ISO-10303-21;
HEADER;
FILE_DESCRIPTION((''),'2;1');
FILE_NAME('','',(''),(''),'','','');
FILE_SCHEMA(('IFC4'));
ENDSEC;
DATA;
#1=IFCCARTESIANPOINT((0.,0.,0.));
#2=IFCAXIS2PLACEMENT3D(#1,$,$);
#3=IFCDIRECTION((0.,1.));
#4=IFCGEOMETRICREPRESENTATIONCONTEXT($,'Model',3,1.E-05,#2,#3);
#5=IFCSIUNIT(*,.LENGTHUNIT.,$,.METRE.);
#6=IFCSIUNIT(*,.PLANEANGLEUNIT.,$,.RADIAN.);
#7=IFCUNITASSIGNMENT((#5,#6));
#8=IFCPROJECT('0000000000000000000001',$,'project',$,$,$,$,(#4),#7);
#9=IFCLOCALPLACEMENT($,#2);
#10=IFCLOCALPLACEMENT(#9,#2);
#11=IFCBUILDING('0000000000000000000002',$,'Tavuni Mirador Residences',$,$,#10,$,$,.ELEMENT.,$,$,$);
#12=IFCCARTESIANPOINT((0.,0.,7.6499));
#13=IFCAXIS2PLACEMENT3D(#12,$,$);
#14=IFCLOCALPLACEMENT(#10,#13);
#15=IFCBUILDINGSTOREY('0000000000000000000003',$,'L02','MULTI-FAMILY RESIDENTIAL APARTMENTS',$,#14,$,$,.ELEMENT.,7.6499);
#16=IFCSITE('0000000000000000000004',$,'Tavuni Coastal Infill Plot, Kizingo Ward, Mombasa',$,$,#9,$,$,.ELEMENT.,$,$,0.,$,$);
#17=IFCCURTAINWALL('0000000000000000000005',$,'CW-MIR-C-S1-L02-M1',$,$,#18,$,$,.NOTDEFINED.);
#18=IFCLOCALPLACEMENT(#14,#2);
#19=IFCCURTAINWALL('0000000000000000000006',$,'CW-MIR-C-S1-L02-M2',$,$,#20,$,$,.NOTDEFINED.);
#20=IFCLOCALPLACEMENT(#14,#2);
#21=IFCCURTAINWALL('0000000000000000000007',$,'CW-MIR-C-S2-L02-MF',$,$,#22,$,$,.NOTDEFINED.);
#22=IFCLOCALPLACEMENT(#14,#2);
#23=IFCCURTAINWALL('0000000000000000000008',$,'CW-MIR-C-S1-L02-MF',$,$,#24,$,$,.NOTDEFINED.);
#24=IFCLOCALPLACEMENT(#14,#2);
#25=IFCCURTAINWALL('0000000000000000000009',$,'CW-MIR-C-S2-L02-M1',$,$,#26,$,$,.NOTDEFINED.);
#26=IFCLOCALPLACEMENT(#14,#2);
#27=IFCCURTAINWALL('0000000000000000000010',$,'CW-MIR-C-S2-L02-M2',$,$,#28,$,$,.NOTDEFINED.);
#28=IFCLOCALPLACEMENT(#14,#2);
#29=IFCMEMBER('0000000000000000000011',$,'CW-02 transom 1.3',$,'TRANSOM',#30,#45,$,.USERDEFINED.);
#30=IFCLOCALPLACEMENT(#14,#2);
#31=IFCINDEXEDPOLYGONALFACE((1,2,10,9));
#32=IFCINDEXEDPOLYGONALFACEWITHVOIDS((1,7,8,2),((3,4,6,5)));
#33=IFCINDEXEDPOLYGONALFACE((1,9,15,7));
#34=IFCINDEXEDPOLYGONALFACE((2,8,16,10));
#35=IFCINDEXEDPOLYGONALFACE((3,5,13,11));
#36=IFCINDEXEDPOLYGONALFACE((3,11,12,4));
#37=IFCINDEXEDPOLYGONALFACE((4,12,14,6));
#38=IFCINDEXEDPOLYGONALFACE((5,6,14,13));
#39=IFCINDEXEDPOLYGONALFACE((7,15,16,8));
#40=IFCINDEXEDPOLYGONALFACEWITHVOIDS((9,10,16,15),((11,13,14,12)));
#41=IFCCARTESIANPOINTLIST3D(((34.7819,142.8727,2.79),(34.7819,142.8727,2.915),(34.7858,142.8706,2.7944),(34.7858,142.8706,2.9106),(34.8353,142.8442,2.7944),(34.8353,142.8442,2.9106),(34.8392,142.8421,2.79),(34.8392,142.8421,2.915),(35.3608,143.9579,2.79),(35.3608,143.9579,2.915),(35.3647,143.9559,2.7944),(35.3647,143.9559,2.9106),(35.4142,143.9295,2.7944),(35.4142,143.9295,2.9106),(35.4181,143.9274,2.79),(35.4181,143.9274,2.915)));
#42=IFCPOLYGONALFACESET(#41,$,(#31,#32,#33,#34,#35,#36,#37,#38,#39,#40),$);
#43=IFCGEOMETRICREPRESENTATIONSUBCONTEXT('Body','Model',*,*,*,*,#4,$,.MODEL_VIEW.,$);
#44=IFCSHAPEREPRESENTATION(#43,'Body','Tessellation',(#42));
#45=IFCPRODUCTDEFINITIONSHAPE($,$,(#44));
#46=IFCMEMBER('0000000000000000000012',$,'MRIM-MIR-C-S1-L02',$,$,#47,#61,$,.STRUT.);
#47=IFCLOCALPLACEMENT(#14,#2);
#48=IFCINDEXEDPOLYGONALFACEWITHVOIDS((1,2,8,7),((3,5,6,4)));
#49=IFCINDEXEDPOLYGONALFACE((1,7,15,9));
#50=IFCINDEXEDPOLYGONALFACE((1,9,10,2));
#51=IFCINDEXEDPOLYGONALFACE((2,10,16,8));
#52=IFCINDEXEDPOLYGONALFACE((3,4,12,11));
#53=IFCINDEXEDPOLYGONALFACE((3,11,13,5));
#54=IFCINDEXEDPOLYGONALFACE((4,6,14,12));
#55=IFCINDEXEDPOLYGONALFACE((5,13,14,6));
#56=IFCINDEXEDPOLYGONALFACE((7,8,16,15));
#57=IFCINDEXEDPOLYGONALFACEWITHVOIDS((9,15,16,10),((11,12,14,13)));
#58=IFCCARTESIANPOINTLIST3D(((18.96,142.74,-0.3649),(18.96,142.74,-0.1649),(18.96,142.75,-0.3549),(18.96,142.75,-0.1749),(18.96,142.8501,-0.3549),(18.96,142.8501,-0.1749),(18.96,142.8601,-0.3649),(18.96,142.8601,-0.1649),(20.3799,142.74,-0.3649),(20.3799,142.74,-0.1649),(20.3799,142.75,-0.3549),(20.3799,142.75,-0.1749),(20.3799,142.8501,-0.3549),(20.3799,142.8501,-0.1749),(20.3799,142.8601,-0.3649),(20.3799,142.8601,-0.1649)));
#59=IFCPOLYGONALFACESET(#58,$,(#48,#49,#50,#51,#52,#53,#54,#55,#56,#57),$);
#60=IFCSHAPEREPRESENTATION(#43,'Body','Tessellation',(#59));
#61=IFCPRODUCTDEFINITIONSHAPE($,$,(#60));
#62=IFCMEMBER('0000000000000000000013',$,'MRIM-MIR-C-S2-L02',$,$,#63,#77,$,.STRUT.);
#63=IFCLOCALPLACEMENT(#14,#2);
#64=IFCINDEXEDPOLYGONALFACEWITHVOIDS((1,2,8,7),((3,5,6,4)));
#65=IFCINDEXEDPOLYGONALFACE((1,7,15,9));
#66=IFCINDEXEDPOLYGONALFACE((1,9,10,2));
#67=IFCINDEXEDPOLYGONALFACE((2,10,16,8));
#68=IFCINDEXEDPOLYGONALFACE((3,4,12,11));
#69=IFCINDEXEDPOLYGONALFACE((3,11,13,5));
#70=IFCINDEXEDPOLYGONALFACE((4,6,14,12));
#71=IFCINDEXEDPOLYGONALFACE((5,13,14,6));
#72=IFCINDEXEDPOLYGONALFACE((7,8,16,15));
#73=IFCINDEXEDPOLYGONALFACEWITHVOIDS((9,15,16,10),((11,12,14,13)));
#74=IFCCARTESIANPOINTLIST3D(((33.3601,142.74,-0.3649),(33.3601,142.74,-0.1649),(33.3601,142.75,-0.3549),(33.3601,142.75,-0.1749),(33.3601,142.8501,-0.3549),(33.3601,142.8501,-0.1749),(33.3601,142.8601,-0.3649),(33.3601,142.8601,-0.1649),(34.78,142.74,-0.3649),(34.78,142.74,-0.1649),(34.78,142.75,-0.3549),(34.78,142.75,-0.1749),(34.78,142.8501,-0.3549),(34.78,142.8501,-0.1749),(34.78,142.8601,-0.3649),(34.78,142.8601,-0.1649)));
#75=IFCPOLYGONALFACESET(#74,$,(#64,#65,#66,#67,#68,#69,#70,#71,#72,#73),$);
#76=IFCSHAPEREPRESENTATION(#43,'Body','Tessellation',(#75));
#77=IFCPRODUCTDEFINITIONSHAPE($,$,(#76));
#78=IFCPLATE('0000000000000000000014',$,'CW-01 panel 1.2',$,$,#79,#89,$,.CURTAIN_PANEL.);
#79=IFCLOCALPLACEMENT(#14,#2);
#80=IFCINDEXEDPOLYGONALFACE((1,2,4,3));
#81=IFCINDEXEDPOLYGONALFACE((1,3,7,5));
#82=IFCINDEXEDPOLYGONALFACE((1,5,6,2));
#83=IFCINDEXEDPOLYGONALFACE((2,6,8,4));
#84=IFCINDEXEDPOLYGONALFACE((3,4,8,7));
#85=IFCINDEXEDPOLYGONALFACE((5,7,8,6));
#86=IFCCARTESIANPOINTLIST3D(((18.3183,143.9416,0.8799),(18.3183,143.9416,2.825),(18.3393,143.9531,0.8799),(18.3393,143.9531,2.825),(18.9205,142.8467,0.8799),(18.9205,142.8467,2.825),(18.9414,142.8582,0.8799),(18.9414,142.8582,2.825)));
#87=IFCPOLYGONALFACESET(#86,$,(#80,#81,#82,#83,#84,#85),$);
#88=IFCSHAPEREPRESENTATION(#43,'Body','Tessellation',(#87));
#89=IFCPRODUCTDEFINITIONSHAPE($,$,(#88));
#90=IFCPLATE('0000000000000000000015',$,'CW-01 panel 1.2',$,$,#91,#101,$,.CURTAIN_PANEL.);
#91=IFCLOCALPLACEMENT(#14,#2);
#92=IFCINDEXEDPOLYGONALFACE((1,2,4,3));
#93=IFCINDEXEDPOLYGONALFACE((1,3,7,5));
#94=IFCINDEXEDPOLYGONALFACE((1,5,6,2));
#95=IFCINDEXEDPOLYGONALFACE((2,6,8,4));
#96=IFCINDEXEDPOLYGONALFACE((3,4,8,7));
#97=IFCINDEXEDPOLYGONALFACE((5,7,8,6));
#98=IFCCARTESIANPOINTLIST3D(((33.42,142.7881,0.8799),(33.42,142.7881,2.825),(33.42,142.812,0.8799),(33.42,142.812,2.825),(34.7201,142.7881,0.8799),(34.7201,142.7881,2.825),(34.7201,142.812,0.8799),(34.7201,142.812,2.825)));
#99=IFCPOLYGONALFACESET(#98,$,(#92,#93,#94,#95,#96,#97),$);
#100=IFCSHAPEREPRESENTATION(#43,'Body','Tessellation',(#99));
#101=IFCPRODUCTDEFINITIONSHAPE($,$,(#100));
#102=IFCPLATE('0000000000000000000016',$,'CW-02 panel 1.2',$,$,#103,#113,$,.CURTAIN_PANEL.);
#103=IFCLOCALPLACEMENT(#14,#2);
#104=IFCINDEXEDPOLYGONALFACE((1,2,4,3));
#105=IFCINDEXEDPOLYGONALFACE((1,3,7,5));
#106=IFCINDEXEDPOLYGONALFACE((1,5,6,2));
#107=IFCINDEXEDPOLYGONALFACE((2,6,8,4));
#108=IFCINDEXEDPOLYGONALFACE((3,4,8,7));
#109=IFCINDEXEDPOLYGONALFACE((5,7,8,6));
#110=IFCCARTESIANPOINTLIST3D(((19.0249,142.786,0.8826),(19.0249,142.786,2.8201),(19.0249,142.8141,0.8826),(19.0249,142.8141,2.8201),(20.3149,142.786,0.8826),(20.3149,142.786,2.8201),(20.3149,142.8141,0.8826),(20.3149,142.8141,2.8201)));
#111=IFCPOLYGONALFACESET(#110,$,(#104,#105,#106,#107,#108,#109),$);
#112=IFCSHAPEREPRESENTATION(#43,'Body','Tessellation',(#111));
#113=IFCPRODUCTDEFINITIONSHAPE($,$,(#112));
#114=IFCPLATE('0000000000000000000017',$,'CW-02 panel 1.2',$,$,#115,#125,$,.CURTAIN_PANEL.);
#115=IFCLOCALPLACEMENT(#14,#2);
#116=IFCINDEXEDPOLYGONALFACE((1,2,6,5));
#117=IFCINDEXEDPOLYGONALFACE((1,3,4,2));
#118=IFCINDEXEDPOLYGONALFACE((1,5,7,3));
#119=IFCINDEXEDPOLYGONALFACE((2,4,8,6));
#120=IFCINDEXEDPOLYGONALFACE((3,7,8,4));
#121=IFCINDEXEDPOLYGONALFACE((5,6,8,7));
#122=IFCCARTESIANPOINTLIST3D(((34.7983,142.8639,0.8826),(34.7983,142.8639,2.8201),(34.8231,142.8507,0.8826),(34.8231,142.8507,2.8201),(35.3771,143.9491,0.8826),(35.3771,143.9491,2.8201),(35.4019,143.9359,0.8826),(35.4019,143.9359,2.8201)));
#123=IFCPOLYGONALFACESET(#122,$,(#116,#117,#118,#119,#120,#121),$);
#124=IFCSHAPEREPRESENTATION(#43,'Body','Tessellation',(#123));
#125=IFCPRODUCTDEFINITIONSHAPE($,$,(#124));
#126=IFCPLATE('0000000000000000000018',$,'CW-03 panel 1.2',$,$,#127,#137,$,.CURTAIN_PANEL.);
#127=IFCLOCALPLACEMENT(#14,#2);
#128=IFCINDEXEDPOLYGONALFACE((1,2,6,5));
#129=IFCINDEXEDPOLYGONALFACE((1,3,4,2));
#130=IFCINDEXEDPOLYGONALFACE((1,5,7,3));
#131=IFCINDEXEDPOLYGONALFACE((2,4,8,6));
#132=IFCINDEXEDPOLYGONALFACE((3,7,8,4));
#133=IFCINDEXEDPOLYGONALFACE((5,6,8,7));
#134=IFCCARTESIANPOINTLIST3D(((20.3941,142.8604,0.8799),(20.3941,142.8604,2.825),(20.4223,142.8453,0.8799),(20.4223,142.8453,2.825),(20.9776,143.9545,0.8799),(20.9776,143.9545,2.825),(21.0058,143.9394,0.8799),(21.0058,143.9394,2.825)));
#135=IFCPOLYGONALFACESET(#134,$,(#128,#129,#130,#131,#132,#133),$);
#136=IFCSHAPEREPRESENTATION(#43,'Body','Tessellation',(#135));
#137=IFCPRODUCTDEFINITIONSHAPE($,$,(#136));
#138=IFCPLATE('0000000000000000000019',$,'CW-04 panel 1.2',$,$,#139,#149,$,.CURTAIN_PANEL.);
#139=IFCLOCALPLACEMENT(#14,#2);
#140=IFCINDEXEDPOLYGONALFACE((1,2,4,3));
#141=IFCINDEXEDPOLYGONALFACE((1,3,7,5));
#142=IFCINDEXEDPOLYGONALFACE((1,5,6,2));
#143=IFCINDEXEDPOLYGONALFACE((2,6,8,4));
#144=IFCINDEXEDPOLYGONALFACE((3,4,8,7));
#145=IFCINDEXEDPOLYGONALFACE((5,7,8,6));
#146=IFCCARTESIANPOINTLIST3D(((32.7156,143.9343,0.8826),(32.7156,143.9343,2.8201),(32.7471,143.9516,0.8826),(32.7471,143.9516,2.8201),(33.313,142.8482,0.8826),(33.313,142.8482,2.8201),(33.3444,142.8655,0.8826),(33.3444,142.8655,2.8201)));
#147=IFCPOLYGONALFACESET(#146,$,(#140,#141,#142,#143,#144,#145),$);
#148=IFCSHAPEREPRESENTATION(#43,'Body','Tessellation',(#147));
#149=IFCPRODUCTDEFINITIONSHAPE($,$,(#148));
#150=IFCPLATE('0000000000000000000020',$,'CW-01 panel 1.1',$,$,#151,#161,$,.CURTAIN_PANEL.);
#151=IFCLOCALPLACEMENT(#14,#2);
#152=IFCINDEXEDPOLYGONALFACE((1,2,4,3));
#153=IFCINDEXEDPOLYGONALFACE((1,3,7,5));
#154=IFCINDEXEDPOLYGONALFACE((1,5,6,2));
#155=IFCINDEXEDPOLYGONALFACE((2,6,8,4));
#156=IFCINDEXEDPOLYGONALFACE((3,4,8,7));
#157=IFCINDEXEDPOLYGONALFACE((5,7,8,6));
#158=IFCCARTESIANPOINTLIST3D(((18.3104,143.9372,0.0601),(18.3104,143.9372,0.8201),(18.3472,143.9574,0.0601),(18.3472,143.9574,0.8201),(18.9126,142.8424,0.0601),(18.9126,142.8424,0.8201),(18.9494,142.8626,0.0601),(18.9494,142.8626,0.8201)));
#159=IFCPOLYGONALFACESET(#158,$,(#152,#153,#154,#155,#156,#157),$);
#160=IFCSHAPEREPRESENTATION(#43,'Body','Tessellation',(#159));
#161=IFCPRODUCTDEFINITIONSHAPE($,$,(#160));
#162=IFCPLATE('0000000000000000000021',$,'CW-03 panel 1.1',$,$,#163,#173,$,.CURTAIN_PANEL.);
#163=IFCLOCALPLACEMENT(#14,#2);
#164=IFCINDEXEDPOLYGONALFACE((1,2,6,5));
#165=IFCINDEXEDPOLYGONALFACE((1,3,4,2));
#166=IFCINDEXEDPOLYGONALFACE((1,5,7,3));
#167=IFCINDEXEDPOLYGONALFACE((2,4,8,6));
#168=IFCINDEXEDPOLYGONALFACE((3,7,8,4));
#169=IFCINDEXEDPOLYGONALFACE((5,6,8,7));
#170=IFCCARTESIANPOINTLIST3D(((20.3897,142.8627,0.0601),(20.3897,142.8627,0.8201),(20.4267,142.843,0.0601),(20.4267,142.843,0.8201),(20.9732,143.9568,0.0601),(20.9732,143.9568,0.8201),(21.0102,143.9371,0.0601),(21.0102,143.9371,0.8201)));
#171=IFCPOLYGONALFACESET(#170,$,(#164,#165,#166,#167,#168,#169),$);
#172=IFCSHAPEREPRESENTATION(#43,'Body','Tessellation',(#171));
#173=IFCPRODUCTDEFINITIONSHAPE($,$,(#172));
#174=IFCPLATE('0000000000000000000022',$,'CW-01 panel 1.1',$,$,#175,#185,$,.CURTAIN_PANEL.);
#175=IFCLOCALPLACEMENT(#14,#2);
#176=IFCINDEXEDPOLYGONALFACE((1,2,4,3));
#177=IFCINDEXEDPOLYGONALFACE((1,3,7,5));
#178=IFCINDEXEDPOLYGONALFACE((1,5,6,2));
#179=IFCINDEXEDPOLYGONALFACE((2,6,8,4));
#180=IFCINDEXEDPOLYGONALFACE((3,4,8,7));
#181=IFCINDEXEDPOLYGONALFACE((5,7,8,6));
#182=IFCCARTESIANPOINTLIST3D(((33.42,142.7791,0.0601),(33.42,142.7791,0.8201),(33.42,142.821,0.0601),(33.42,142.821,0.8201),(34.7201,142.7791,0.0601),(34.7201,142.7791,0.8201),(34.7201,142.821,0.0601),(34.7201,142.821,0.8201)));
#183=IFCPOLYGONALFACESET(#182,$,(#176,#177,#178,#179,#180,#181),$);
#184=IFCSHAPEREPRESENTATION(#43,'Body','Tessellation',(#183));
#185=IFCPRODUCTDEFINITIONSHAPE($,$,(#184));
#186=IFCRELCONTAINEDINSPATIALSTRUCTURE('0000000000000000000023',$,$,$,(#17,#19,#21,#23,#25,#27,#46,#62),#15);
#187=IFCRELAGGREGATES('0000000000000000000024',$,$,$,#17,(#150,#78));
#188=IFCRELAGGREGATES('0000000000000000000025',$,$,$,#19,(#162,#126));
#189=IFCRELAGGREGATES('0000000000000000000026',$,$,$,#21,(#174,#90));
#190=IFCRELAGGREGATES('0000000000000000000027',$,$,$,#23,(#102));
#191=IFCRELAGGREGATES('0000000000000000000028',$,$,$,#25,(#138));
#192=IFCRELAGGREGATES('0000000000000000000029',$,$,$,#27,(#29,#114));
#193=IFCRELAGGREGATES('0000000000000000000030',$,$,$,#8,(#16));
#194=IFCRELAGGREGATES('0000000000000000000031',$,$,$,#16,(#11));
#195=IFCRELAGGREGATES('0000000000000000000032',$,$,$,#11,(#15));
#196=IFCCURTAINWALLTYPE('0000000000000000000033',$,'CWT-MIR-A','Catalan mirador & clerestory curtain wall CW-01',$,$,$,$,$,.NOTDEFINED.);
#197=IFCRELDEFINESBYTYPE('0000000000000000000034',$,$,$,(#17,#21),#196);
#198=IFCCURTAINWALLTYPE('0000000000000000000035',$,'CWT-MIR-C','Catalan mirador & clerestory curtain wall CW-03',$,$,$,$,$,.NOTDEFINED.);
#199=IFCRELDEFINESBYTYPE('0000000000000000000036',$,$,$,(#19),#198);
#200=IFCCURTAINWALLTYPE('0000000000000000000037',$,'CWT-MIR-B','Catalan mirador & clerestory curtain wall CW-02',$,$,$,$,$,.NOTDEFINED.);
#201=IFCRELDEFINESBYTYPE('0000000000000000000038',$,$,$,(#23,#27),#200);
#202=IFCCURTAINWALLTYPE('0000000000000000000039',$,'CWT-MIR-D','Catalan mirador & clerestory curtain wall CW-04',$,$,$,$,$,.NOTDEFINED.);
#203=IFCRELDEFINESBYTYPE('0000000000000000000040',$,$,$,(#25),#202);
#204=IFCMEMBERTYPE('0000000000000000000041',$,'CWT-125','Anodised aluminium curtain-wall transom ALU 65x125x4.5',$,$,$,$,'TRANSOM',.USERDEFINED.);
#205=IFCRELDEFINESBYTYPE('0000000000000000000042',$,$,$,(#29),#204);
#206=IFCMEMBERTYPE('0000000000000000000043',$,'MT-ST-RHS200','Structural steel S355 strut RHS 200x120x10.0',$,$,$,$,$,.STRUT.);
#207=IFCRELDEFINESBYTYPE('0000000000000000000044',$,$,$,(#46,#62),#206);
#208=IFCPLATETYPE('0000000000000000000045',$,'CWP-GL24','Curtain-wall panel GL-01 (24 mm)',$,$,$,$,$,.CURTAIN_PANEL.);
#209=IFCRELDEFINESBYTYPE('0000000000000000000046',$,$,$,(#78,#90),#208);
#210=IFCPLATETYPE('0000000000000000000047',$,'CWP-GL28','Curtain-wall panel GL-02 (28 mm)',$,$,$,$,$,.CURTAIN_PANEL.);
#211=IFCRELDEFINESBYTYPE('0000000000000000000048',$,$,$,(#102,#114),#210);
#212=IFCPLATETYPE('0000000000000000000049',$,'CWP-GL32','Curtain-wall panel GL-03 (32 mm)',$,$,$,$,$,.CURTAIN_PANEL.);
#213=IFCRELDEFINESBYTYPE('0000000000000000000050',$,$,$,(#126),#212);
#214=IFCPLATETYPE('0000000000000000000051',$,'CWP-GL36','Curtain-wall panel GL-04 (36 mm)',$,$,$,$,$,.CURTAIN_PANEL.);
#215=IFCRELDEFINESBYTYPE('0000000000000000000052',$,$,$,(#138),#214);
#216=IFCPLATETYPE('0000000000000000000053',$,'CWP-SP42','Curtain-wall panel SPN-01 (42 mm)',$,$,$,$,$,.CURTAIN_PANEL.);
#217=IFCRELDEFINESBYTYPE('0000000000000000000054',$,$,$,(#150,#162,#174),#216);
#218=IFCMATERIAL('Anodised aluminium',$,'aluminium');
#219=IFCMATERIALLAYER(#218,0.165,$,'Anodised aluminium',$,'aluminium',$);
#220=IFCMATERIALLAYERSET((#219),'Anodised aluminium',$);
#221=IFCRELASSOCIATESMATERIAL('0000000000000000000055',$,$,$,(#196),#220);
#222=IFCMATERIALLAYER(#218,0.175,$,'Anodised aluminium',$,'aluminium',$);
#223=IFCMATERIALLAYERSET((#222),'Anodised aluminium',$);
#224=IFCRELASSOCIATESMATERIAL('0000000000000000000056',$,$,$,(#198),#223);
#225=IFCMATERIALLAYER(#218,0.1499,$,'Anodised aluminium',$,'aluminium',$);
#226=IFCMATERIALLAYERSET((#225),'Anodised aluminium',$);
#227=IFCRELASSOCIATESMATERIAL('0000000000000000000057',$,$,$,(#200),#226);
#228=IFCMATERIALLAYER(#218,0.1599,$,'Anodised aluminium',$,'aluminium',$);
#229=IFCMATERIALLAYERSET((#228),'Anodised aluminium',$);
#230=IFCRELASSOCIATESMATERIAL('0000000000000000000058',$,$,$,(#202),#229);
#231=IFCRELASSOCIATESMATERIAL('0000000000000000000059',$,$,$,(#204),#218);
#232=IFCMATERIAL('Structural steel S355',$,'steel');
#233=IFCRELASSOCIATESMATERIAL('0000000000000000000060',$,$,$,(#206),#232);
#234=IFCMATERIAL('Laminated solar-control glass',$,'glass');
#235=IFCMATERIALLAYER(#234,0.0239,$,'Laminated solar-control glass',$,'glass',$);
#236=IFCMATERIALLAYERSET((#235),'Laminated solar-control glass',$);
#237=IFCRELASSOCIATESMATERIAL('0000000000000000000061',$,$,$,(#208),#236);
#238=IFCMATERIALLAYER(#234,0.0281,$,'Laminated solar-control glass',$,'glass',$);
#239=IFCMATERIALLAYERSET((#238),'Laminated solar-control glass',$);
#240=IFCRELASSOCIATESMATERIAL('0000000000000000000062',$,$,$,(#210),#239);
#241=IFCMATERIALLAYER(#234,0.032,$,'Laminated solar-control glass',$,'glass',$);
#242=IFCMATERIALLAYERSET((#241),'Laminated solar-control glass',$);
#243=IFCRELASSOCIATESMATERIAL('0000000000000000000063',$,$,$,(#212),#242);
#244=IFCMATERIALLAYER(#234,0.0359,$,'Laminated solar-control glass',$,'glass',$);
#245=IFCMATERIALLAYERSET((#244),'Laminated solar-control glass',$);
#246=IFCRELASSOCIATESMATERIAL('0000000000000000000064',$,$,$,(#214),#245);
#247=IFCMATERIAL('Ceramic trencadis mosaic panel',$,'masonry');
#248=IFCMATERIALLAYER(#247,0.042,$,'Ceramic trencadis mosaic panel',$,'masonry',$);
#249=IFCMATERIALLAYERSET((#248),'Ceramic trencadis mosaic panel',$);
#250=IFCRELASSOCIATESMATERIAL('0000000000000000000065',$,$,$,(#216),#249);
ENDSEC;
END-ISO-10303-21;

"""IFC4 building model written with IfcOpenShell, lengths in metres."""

from ifc_helpers import new_model, si_unit, direction, frame, origin, origin_2d, place, context, subcontext, project, spatial, rectangle, hollow_rectangle, extrude, material, layer, layer_set, material_profile, profile_set, type_object, element, aggregate, save


model = new_model("IFC4")

# Units and contexts
model_context = context("Model", 3, precision=1e-05, world=origin(), true_north=direction((0.0, 1.0)))
body_context = subcontext(model_context, "Body", "Model", "MODEL_VIEW")
ifc_project = project(units=[si_unit("LENGTHUNIT", "METRE"), si_unit("PLANEANGLEUNIT", "RADIAN")], contexts=[model_context])

# Site, building, storey
site_placement = place(None, origin())
site = spatial("IfcSite", under=ifc_project, at=site_placement, Name="Tavuni Coastal Infill Plot, Kizingo Ward, Mombasa", CompositionType="ELEMENT", RefElevation=0.0)
building_placement = place(site_placement, origin())
building = spatial("IfcBuilding", under=site, at=building_placement, Name="Tavuni Mirador Residences", CompositionType="ELEMENT")
storey_placement = place(building_placement, frame((0.0, 0.0, 7.6499)))
storey = spatial("IfcBuildingStorey", under=building, at=storey_placement, Name="L02", Description="MULTI-FAMILY RESIDENTIAL APARTMENTS", CompositionType="ELEMENT", Elevation=7.6499)

# Shared definitions
ifc_material_1 = material(Name="Structural steel S355", Category="steel")

# Curtain walls
ifc_material_2 = material(Name="Anodised aluminium", Category="aluminium")
ifc_layer_1 = layer(ifc_material_2, 0.165, Name="Anodised aluminium", Category="aluminium")
ifc_layer_set_1 = layer_set([ifc_layer_1], Name="Anodised aluminium")
curtain_wall_type_1 = type_object("IfcCurtainWallType", Name="CWT-MIR-A", Description="Catalan mirador & clerestory curtain wall CW-01", PredefinedType="NOTDEFINED", material=ifc_layer_set_1)
curtain_wall_1_placement = place(storey_placement, origin())
curtain_wall_1 = element("IfcCurtainWall", 1, at=curtain_wall_1_placement, inside=storey, type_object=curtain_wall_type_1, Name="CW-MIR-C-S1-L02-M1", PredefinedType="NOTDEFINED")
ifc_layer_2 = layer(ifc_material_2, 0.175, Name="Anodised aluminium", Category="aluminium")
ifc_layer_set_2 = layer_set([ifc_layer_2], Name="Anodised aluminium")
curtain_wall_type_2 = type_object("IfcCurtainWallType", Name="CWT-MIR-C", Description="Catalan mirador & clerestory curtain wall CW-03", PredefinedType="NOTDEFINED", material=ifc_layer_set_2)
curtain_wall_2_placement = place(storey_placement, origin())
curtain_wall_2 = element("IfcCurtainWall", 2, at=curtain_wall_2_placement, inside=storey, type_object=curtain_wall_type_2, Name="CW-MIR-C-S1-L02-M2", PredefinedType="NOTDEFINED")

# Curtain walls
curtain_wall_3_placement = place(storey_placement, origin())
curtain_wall_3 = element("IfcCurtainWall", 3, at=curtain_wall_3_placement, inside=storey, type_object=curtain_wall_type_1, Name="CW-MIR-C-S2-L02-MF", PredefinedType="NOTDEFINED")
ifc_layer_3 = layer(ifc_material_2, 0.1499, Name="Anodised aluminium", Category="aluminium")
ifc_layer_set_3 = layer_set([ifc_layer_3], Name="Anodised aluminium")
curtain_wall_type_3 = type_object("IfcCurtainWallType", Name="CWT-MIR-B", Description="Catalan mirador & clerestory curtain wall CW-02", PredefinedType="NOTDEFINED", material=ifc_layer_set_3)
curtain_wall_4_placement = place(storey_placement, origin())
curtain_wall_4 = element("IfcCurtainWall", 4, at=curtain_wall_4_placement, inside=storey, type_object=curtain_wall_type_3, Name="CW-MIR-C-S1-L02-MF", PredefinedType="NOTDEFINED")

# Curtain walls
ifc_layer_4 = layer(ifc_material_2, 0.1599, Name="Anodised aluminium", Category="aluminium")
ifc_layer_set_4 = layer_set([ifc_layer_4], Name="Anodised aluminium")
curtain_wall_type_4 = type_object("IfcCurtainWallType", Name="CWT-MIR-D", Description="Catalan mirador & clerestory curtain wall CW-04", PredefinedType="NOTDEFINED", material=ifc_layer_set_4)
curtain_wall_5_placement = place(storey_placement, origin())
curtain_wall_5 = element("IfcCurtainWall", 5, at=curtain_wall_5_placement, inside=storey, type_object=curtain_wall_type_4, Name="CW-MIR-C-S2-L02-M1", PredefinedType="NOTDEFINED")
curtain_wall_6_placement = place(storey_placement, origin())
curtain_wall_6 = element("IfcCurtainWall", 6, at=curtain_wall_6_placement, inside=storey, type_object=curtain_wall_type_3, Name="CW-MIR-C-S2-L02-M2", PredefinedType="NOTDEFINED")

# Member
ifc_material_profile_1 = material_profile(ifc_material_2, hollow_rectangle(XDim=0.0649, YDim=0.125, WallThickness=0.0044, at=origin_2d()), Name="ALU 65x125x4.5", Category="aluminium")
ifc_profile_set_1 = profile_set([ifc_material_profile_1], Name="Anodised aluminium")
member_type_1 = type_object("IfcMemberType", Name="CWT-125", Description="Anodised aluminium curtain-wall transom ALU 65x125x4.5", ElementType="TRANSOM", PredefinedType="USERDEFINED", material=ifc_profile_set_1)
member_1_placement = place(storey_placement, frame((34.8105, 142.8574, 2.8525), z_axis=(0.47064, 0.882325, 0.0), x_axis=(-0.882325, 0.47064, 0.0)))
member_1 = element("IfcMember", 7, at=member_1_placement, type_object=member_type_1, Name="CW-02 transom 1.3", ObjectType="TRANSOM", PredefinedType="USERDEFINED", context=body_context, shape_type="SweptSolid", body=[
    extrude(hollow_rectangle(XDim=0.0649, YDim=0.125, WallThickness=0.0044, at=origin_2d()), origin(), (0.0, 0.0, 1.0), 1.23),
])

# Members
ifc_material_profile_2 = material_profile(ifc_material_1, hollow_rectangle(XDim=0.1201, YDim=0.2, WallThickness=0.01, at=origin_2d()), Name="RHS 200x120x10.0", Category="steel")
ifc_profile_set_2 = profile_set([ifc_material_profile_2], Name="Structural steel S355")
member_type_2 = type_object("IfcMemberType", Name="MT-ST-RHS200", Description="Structural steel S355 strut RHS 200x120x10.0", PredefinedType="STRUT", material=ifc_profile_set_2)
for number, where, z_axis, x_axis, name in (
    (8, (18.96, 142.8, -0.2649), (1.0, 0.0, 0.0), (0.0, 1.0, 0.0), "MRIM-MIR-C-S1-L02"),
    (9, (33.3601, 142.8, -0.2649), (1.0, 0.0, 0.0), (0.0, 1.0, 0.0), "MRIM-MIR-C-S2-L02"),
):
    element("IfcMember", number, at=place(storey_placement, frame(where, z_axis=z_axis, x_axis=x_axis)), inside=storey, type_object=member_type_2, Name=name, PredefinedType="STRUT", context=body_context, shape_type="SweptSolid", body=[
        extrude(hollow_rectangle(XDim=0.1201, YDim=0.2, WallThickness=0.01, at=origin_2d()), origin(), (0.0, 0.0, 1.0), 1.4199),
    ])

# Plates
ifc_material_3 = material(Name="Laminated solar-control glass", Category="glass")
ifc_layer_5 = layer(ifc_material_3, 0.0239, Name="Laminated solar-control glass", Category="glass")
ifc_layer_set_5 = layer_set([ifc_layer_5], Name="Laminated solar-control glass")
plate_type_1 = type_object("IfcPlateType", Name="CWP-GL24", Description="Curtain-wall panel GL-01 (24 mm)", PredefinedType="CURTAIN_PANEL", material=ifc_layer_set_5)
plate_1_placement = place(storey_placement, frame((18.6299, 143.3999, 0.8799), z_axis=(0.0, 0.0, 1.0), x_axis=(0.481919, -0.876216, 0.0)))
plate_1 = element("IfcPlate", 10, at=plate_1_placement, type_object=plate_type_1, Name="CW-01 panel 1.2", PredefinedType="CURTAIN_PANEL", context=body_context, shape_type="SweptSolid", body=[
    extrude(rectangle(XDim=1.2495, YDim=0.0239, at=origin_2d()), origin(), (0.0, 0.0, 1.0), 1.9451),
])
plate_2_placement = place(storey_placement, frame((34.0701, 142.8, 0.8799), z_axis=(0.0, 0.0, 1.0), x_axis=(1.0, 0.0, 0.0)))
plate_2 = element("IfcPlate", 11, at=plate_2_placement, type_object=plate_type_1, Name="CW-01 panel 1.2", PredefinedType="CURTAIN_PANEL", context=body_context, shape_type="SweptSolid", body=[
    extrude(rectangle(XDim=1.3, YDim=0.0239, at=origin_2d()), origin(), (0.0, 0.0, 1.0), 1.9451),
])
ifc_layer_6 = layer(ifc_material_3, 0.0281, Name="Laminated solar-control glass", Category="glass")
ifc_layer_set_6 = layer_set([ifc_layer_6], Name="Laminated solar-control glass")
plate_type_2 = type_object("IfcPlateType", Name="CWP-GL28", Description="Curtain-wall panel GL-02 (28 mm)", PredefinedType="CURTAIN_PANEL", material=ifc_layer_set_6)
plate_3_placement = place(storey_placement, frame((19.6699, 142.8, 0.8826), z_axis=(0.0, 0.0, 1.0), x_axis=(1.0, 0.0, 0.0)))
plate_3 = element("IfcPlate", 12, at=plate_3_placement, type_object=plate_type_2, Name="CW-02 panel 1.2", PredefinedType="CURTAIN_PANEL", context=body_context, shape_type="SweptSolid", body=[
    extrude(rectangle(XDim=1.29, YDim=0.0281, at=origin_2d()), origin(), (0.0, 0.0, 1.0), 1.9375),
])
plate_4_placement = place(storey_placement, frame((35.1001, 143.3999, 0.8826), z_axis=(0.0, 0.0, 1.0), x_axis=(0.470588, 0.882353, 0.0)))
plate_4 = element("IfcPlate", 13, at=plate_4_placement, type_object=plate_type_2, Name="CW-02 panel 1.2", PredefinedType="CURTAIN_PANEL", context=body_context, shape_type="SweptSolid", body=[
    extrude(rectangle(XDim=1.23, YDim=0.0281, at=origin_2d()), origin(), (0.0, 0.0, 1.0), 1.9375),
])
ifc_layer_7 = layer(ifc_material_3, 0.032, Name="Laminated solar-control glass", Category="glass")
ifc_layer_set_7 = layer_set([ifc_layer_7], Name="Laminated solar-control glass")
plate_type_3 = type_object("IfcPlateType", Name="CWP-GL32", Description="Curtain-wall panel GL-03 (32 mm)", PredefinedType="CURTAIN_PANEL", material=ifc_layer_set_7)
plate_5_placement = place(storey_placement, frame((20.7, 143.3999, 0.8799), z_axis=(0.0, 0.0, 1.0), x_axis=(0.470588, 0.882353, 0.0)))
plate_5 = element("IfcPlate", 14, at=plate_5_placement, type_object=plate_type_3, Name="CW-03 panel 1.2", PredefinedType="CURTAIN_PANEL", context=body_context, shape_type="SweptSolid", body=[
    extrude(rectangle(XDim=1.24, YDim=0.032, at=origin_2d()), origin(), (0.0, 0.0, 1.0), 1.9451),
])
ifc_layer_8 = layer(ifc_material_3, 0.0359, Name="Laminated solar-control glass", Category="glass")
ifc_layer_set_8 = layer_set([ifc_layer_8], Name="Laminated solar-control glass")
plate_type_4 = type_object("IfcPlateType", Name="CWP-GL36", Description="Curtain-wall panel GL-04 (36 mm)", PredefinedType="CURTAIN_PANEL", material=ifc_layer_set_8)
plate_6_placement = place(storey_placement, frame((33.03, 143.3999, 0.8826), z_axis=(0.0, 0.0, 1.0), x_axis=(0.481919, -0.876216, 0.0)))
plate_6 = element("IfcPlate", 15, at=plate_6_placement, type_object=plate_type_4, Name="CW-04 panel 1.2", PredefinedType="CURTAIN_PANEL", context=body_context, shape_type="SweptSolid", body=[
    extrude(rectangle(XDim=1.2395, YDim=0.0359, at=origin_2d()), origin(), (0.0, 0.0, 1.0), 1.9375),
])
ifc_material_4 = material(Name="Ceramic trencadis mosaic panel", Category="masonry")
ifc_layer_9 = layer(ifc_material_4, 0.042, Name="Ceramic trencadis mosaic panel", Category="masonry")
ifc_layer_set_9 = layer_set([ifc_layer_9], Name="Ceramic trencadis mosaic panel")
plate_type_5 = type_object("IfcPlateType", Name="CWP-SP42", Description="Curtain-wall panel SPN-01 (42 mm)", PredefinedType="CURTAIN_PANEL", material=ifc_layer_set_9)
plate_7_placement = place(storey_placement, frame((18.6299, 143.3999, 0.0601), z_axis=(0.0, 0.0, 1.0), x_axis=(0.481919, -0.876216, 0.0)))
plate_7 = element("IfcPlate", 16, at=plate_7_placement, type_object=plate_type_5, Name="CW-01 panel 1.1", PredefinedType="CURTAIN_PANEL", context=body_context, shape_type="SweptSolid", body=[
    extrude(rectangle(XDim=1.2495, YDim=0.042, at=origin_2d()), origin(), (0.0, 0.0, 1.0), 0.76),
])
aggregate(curtain_wall_1, [plate_7, plate_1])
plate_8_placement = place(storey_placement, frame((20.7, 143.3999, 0.0601), z_axis=(0.0, 0.0, 1.0), x_axis=(0.470588, 0.882353, 0.0)))
plate_8 = element("IfcPlate", 17, at=plate_8_placement, type_object=plate_type_5, Name="CW-03 panel 1.1", PredefinedType="CURTAIN_PANEL", context=body_context, shape_type="SweptSolid", body=[
    extrude(rectangle(XDim=1.24, YDim=0.042, at=origin_2d()), origin(), (0.0, 0.0, 1.0), 0.76),
])
aggregate(curtain_wall_2, [plate_8, plate_5])
plate_9_placement = place(storey_placement, frame((34.0701, 142.8, 0.0601), z_axis=(0.0, 0.0, 1.0), x_axis=(1.0, 0.0, 0.0)))
plate_9 = element("IfcPlate", 18, at=plate_9_placement, type_object=plate_type_5, Name="CW-01 panel 1.1", PredefinedType="CURTAIN_PANEL", context=body_context, shape_type="SweptSolid", body=[
    extrude(rectangle(XDim=1.3, YDim=0.042, at=origin_2d()), origin(), (0.0, 0.0, 1.0), 0.76),
])
aggregate(curtain_wall_3, [plate_9, plate_2])
aggregate(curtain_wall_4, [plate_3])
aggregate(curtain_wall_5, [plate_6])
aggregate(curtain_wall_6, [member_1, plate_4])

save(model, "model.ifc")
